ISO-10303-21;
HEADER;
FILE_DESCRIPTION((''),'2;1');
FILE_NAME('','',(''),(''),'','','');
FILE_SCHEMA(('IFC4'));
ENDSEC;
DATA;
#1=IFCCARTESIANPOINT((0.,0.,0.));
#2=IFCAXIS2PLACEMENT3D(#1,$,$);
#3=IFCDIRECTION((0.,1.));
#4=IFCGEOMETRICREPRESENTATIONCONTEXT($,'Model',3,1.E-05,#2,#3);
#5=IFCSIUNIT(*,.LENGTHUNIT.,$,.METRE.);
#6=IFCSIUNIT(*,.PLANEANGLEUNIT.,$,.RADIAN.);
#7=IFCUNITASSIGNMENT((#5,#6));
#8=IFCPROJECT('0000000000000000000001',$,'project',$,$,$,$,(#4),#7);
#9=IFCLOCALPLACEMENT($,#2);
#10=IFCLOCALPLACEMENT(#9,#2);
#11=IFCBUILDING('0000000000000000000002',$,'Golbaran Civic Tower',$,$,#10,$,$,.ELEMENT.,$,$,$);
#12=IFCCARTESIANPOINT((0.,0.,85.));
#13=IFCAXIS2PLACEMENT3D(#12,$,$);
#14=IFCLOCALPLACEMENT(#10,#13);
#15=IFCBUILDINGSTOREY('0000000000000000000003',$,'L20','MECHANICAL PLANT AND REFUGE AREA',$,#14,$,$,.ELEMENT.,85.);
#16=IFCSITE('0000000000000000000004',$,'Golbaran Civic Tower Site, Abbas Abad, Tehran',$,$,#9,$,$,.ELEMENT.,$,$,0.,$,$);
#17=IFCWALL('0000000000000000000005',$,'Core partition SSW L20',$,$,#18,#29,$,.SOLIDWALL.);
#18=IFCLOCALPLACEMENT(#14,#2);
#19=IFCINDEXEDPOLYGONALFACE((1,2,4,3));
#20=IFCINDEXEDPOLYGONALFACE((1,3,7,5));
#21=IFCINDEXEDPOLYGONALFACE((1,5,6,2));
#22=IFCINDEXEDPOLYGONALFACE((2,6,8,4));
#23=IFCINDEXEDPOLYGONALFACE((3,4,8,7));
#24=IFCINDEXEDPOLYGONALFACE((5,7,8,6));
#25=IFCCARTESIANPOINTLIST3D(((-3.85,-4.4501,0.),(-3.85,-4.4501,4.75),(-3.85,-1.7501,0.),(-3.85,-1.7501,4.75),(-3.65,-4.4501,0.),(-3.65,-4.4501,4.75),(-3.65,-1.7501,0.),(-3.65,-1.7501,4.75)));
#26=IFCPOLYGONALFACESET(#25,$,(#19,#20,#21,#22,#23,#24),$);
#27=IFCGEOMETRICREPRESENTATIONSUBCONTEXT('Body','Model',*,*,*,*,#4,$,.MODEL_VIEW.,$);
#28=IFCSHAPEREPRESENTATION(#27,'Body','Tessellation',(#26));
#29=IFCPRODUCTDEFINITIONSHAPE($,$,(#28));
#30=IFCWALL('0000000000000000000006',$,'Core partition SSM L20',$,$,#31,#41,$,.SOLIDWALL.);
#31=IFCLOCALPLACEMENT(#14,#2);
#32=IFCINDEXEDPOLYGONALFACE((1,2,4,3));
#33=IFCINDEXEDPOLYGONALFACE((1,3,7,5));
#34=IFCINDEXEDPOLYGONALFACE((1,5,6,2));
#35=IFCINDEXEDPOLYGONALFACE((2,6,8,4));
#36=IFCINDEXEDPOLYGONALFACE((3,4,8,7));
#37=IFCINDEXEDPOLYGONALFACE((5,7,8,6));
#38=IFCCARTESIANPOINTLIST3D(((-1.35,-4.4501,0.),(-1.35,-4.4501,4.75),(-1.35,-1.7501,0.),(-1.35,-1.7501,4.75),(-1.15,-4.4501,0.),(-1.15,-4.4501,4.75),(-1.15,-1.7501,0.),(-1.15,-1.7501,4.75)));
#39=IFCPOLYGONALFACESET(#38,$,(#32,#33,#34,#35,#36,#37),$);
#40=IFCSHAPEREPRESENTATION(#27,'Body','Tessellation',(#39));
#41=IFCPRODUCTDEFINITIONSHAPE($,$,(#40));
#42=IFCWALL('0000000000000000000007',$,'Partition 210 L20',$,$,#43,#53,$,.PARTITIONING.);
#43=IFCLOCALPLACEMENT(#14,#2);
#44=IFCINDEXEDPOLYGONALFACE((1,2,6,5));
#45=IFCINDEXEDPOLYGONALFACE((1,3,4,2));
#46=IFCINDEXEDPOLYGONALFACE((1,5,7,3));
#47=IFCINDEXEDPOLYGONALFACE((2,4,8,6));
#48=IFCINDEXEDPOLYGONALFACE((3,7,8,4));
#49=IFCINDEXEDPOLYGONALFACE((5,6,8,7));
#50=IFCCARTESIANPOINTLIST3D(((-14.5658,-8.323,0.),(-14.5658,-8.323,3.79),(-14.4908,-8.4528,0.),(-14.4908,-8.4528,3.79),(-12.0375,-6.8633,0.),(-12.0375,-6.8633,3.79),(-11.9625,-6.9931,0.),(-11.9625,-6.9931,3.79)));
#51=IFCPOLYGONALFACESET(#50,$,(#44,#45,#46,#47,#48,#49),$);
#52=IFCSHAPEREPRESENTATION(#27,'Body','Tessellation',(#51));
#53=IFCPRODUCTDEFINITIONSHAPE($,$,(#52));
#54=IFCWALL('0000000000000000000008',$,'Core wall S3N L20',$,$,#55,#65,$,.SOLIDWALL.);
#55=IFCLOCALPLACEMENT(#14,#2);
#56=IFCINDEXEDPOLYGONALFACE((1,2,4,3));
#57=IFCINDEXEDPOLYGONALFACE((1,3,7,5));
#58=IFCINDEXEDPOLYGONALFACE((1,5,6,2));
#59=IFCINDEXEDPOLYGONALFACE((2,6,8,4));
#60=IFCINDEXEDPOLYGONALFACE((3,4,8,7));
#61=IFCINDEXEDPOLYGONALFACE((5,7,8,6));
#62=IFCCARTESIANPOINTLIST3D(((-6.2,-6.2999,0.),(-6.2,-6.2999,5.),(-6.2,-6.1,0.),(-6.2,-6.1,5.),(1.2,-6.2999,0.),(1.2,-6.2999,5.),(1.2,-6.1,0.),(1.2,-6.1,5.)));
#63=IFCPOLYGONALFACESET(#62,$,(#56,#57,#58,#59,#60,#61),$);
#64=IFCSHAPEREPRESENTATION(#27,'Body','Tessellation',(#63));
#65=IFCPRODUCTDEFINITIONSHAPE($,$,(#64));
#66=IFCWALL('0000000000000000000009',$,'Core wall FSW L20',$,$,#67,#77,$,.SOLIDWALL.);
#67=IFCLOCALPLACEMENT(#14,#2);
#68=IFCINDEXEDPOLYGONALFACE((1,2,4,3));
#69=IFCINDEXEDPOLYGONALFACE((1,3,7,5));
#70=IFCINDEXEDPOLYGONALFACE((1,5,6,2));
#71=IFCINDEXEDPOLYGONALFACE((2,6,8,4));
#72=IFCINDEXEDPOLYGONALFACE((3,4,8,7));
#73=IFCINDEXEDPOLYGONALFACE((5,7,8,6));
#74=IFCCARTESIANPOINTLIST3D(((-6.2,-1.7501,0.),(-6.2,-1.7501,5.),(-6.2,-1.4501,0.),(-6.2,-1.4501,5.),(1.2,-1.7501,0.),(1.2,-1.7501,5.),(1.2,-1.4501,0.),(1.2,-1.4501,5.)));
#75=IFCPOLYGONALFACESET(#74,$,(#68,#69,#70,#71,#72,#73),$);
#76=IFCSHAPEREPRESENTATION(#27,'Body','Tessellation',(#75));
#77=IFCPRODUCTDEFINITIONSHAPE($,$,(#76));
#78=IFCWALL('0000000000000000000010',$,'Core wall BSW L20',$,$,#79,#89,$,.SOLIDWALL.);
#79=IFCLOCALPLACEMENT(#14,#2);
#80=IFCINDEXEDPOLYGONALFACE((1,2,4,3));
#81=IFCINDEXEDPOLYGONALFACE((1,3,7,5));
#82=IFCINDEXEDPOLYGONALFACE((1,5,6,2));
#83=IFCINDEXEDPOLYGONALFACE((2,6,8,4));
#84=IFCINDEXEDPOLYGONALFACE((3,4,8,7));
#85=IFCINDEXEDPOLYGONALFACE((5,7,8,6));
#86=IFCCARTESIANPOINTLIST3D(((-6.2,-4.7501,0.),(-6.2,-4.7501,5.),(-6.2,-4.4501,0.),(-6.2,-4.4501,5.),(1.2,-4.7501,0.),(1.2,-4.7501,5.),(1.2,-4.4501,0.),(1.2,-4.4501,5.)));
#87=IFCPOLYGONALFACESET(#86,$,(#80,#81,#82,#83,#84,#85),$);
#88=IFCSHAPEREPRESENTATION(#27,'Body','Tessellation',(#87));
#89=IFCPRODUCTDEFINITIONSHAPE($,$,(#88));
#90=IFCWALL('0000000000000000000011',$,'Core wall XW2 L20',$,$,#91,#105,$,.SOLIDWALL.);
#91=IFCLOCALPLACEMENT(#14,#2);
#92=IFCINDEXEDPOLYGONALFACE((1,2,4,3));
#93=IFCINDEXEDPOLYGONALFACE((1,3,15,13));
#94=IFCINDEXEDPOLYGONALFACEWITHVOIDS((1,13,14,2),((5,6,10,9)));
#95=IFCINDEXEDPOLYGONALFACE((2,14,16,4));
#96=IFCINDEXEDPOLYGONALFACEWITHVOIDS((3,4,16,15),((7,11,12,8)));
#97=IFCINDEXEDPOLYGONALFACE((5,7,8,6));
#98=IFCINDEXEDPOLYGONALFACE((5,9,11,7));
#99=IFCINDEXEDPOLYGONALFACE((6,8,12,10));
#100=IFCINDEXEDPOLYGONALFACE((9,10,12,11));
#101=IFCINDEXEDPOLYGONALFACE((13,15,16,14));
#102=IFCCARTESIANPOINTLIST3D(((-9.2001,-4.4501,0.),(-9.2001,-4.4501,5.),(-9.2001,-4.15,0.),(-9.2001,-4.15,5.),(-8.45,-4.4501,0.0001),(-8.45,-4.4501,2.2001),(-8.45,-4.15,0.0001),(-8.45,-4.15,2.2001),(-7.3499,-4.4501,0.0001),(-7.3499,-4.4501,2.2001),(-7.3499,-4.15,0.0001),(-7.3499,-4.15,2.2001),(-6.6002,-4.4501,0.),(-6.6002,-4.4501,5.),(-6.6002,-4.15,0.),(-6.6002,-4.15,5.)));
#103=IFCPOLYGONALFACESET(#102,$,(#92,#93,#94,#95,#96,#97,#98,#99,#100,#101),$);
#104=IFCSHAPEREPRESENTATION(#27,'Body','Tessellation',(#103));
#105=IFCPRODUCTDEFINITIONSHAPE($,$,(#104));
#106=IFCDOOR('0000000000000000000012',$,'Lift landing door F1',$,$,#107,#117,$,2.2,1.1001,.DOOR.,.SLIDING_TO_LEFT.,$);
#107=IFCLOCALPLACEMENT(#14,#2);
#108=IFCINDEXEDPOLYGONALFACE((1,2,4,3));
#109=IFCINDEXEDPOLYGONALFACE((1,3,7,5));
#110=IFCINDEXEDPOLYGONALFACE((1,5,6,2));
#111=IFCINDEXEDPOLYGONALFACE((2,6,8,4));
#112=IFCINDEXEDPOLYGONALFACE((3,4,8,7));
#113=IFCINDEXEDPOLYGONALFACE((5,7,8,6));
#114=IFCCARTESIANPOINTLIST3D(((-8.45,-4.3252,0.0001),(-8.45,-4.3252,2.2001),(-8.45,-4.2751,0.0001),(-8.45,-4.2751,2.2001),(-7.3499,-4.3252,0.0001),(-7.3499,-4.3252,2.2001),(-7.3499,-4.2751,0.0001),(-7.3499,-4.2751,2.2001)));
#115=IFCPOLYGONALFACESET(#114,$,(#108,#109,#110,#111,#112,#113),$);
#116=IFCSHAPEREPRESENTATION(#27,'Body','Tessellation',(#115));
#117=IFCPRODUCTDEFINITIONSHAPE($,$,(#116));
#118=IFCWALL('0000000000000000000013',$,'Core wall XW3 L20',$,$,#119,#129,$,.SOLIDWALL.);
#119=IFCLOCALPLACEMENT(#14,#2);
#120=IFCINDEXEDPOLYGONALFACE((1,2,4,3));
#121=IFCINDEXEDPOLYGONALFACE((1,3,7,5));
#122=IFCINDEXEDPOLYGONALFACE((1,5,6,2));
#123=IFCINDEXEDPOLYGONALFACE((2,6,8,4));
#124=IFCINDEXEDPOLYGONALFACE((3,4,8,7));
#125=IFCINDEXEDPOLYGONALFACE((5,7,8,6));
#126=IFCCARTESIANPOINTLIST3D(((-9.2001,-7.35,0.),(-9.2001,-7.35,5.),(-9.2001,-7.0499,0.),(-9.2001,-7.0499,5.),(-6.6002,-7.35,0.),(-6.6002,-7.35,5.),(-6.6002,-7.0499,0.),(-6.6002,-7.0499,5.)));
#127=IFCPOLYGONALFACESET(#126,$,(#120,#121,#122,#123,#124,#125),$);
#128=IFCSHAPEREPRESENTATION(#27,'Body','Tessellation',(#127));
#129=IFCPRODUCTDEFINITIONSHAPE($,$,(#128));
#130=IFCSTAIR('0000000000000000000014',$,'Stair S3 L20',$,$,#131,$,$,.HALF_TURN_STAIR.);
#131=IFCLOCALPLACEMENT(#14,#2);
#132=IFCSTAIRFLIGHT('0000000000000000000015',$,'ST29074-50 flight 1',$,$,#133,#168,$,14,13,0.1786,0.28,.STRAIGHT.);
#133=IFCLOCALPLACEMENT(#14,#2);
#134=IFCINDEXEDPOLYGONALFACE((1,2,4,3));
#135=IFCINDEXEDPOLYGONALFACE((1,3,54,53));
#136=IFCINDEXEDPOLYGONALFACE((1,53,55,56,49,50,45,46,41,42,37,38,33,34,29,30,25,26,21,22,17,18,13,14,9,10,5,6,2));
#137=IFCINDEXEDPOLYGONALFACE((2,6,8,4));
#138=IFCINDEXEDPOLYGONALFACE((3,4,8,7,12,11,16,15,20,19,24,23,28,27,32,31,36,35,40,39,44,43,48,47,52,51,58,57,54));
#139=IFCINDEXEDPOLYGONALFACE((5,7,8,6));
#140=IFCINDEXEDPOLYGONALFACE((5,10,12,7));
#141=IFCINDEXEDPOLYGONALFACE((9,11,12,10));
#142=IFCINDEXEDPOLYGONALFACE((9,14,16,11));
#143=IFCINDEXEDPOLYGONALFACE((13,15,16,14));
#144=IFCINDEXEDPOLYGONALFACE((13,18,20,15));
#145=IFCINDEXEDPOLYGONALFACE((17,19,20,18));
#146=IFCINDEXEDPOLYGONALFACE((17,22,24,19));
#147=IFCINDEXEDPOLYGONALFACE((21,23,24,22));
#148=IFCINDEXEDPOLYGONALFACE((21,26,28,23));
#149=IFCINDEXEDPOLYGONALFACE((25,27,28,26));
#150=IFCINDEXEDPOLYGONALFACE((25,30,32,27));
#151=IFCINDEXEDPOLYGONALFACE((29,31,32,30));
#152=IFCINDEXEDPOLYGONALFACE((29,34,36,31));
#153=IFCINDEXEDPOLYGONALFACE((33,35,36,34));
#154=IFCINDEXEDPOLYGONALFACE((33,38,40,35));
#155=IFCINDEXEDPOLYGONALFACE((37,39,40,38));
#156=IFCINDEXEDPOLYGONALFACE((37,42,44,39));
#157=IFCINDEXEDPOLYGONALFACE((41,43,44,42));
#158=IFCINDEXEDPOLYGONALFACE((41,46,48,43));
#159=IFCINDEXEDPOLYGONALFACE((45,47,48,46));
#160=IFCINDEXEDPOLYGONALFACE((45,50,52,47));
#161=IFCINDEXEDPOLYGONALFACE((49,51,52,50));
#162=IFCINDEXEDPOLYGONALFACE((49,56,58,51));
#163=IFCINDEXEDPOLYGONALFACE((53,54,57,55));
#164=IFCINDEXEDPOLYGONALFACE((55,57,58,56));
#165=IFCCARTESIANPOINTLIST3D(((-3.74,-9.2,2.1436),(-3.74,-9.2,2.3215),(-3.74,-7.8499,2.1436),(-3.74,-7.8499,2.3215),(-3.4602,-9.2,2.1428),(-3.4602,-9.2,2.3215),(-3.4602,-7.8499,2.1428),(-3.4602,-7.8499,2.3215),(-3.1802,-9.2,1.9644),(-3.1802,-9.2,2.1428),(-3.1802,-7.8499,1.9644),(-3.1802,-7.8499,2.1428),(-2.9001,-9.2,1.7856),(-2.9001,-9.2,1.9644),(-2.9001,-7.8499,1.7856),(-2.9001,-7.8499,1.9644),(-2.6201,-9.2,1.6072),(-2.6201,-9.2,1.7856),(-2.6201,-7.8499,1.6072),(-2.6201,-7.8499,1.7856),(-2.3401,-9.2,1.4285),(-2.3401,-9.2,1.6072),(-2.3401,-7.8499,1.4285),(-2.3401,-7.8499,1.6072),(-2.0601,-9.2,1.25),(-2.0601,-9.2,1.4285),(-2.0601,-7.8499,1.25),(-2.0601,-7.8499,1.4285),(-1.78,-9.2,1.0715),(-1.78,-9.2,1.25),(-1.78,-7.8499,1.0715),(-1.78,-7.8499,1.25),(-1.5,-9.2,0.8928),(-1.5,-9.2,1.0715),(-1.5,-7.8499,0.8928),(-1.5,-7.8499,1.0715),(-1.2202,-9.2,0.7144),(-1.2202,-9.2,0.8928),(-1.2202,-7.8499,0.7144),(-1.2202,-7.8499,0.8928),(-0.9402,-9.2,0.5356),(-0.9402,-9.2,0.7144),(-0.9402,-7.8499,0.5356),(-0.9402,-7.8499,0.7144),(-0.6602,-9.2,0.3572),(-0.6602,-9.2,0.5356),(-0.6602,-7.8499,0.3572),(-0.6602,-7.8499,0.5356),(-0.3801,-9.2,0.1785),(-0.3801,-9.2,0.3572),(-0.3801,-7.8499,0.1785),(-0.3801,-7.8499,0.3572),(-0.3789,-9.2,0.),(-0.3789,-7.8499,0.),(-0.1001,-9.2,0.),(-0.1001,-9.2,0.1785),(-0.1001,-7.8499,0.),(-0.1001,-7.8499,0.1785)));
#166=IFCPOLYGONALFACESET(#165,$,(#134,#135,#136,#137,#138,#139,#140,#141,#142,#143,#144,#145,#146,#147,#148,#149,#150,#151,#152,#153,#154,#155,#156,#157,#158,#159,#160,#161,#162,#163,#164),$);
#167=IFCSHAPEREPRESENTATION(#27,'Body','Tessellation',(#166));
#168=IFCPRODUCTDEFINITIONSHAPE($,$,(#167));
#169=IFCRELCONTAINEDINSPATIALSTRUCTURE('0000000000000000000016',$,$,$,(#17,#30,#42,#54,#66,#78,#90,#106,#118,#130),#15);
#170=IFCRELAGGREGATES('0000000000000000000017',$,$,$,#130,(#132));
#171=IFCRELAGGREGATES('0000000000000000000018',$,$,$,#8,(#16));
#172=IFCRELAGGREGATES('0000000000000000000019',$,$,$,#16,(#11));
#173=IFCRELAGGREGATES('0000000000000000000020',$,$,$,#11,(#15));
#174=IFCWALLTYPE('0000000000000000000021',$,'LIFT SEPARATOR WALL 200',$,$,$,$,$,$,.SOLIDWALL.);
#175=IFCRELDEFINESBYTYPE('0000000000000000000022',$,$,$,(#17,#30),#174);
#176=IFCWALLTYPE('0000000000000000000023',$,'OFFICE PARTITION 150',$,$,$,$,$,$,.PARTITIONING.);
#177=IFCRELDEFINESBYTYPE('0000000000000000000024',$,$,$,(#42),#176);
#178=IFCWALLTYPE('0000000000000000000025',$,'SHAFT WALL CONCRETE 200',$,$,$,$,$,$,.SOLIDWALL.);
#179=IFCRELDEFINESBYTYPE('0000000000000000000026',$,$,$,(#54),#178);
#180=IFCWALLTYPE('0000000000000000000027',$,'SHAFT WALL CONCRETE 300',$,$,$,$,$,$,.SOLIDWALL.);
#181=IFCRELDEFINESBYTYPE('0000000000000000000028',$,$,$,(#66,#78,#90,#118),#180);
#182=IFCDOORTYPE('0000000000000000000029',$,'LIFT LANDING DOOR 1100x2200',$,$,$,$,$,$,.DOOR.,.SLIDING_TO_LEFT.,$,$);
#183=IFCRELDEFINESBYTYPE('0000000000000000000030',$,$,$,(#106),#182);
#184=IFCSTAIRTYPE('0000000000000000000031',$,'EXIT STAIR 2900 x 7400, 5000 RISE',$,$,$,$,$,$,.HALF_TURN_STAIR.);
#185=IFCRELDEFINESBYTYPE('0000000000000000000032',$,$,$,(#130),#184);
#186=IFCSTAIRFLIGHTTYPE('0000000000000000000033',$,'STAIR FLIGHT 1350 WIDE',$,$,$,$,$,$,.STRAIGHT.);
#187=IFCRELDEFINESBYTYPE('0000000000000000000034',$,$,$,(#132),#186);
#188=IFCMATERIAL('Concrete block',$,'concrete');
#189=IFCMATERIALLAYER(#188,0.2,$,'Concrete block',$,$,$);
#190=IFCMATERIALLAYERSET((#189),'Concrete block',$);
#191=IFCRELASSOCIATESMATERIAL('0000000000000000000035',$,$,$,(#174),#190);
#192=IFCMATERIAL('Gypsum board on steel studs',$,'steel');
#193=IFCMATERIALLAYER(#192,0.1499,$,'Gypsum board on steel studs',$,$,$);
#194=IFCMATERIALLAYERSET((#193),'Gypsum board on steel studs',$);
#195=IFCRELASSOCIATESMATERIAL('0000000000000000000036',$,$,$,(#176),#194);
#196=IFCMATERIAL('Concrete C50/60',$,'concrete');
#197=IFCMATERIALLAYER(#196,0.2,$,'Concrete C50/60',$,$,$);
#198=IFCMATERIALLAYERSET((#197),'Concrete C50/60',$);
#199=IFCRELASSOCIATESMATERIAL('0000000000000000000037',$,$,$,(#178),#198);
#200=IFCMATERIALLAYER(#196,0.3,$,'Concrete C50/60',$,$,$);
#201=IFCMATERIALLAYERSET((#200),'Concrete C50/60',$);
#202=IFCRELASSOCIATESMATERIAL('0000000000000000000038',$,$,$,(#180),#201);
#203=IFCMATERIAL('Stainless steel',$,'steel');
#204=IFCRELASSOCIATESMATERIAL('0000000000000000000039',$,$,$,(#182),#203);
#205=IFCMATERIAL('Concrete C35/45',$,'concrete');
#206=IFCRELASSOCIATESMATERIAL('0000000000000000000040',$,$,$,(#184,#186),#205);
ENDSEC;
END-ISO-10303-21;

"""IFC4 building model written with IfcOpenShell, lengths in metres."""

from ifc_helpers import new_model, si_unit, direction, frame, frame_2d, origin, place, context, subcontext, project, spatial, polyline, rectangle, outline, extrude, material, layer, layer_set, type_object, element, fill, aggregate, save


model = new_model("IFC4")

# Units and contexts
model_context = context("Model", 3, precision=1e-05, world=origin(), true_north=direction((0.0, 1.0)))
body_context = subcontext(model_context, "Body", "Model", "MODEL_VIEW")
ifc_project = project(units=[si_unit("LENGTHUNIT", "METRE"), si_unit("PLANEANGLEUNIT", "RADIAN")], contexts=[model_context])

# Site, building, storey
site_placement = place(None, origin())
site = spatial("IfcSite", under=ifc_project, at=site_placement, Name="Golbaran Civic Tower Site, Abbas Abad, Tehran", CompositionType="ELEMENT", RefElevation=0.0)
building_placement = place(site_placement, origin())
building = spatial("IfcBuilding", under=site, at=building_placement, Name="Golbaran Civic Tower", CompositionType="ELEMENT")
storey_placement = place(building_placement, frame((0.0, 0.0, 85.0)))
storey = spatial("IfcBuildingStorey", under=building, at=storey_placement, Name="L20", Description="MECHANICAL PLANT AND REFUGE AREA", CompositionType="ELEMENT", Elevation=85.0)

# Shared definitions
ifc_material_1 = material(Name="Concrete C50/60", Category="concrete")

# Walls
ifc_material_2 = material(Name="Concrete block", Category="concrete")
ifc_layer_1 = layer(ifc_material_2, 0.2, Name="Concrete block")
ifc_layer_set_1 = layer_set([ifc_layer_1], Name="Concrete block")
wall_type_1 = type_object("IfcWallType", Name="LIFT SEPARATOR WALL 200", PredefinedType="SOLIDWALL", material=ifc_layer_set_1)
for number, where, z_axis, x_axis, name in (
    (1, (-3.75, -1.75, 0.0), (0.0, 0.0, 1.0), (0.0, -1.0, 0.0), "Core partition SSW L20"),
    (2, (-1.25, -1.75, 0.0), (0.0, 0.0, 1.0), (0.0, -1.0, 0.0), "Core partition SSM L20"),
):
    element("IfcWall", number, at=place(storey_placement, frame(where, z_axis=z_axis, x_axis=x_axis)), inside=storey, type_object=wall_type_1, Name=name, PredefinedType="SOLIDWALL", context=body_context, shape_type="SweptSolid", body=[
        extrude(rectangle(XDim=2.7, YDim=0.2, at=frame_2d((1.3501, 0.0))), origin(), (0.0, 0.0, 1.0), 4.75),
    ])
ifc_material_3 = material(Name="Gypsum board on steel studs", Category="steel")
ifc_layer_2 = layer(ifc_material_3, 0.1499, Name="Gypsum board on steel studs")
ifc_layer_set_2 = layer_set([ifc_layer_2], Name="Gypsum board on steel studs")
wall_type_2 = type_object("IfcWallType", Name="OFFICE PARTITION 150", PredefinedType="PARTITIONING", material=ifc_layer_set_2)
wall_1_placement = place(storey_placement, frame((-12.0, -6.9282, 0.0), z_axis=(0.0, 0.0, 1.0), x_axis=(-0.866027, -0.499998, 0.0)))
element("IfcWall", 3, at=wall_1_placement, inside=storey, type_object=wall_type_2, Name="Partition 210 L20", PredefinedType="PARTITIONING", context=body_context, shape_type="SweptSolid", body=[
    extrude(rectangle(XDim=2.9194, YDim=0.1499, at=frame_2d((1.4597, 0.0))), origin(), (0.0, 0.0, 1.0), 3.79),
])
ifc_layer_3 = layer(ifc_material_1, 0.2, Name="Concrete C50/60")
ifc_layer_set_3 = layer_set([ifc_layer_3], Name="Concrete C50/60")
wall_type_3 = type_object("IfcWallType", Name="SHAFT WALL CONCRETE 200", PredefinedType="SOLIDWALL", material=ifc_layer_set_3)
wall_2_placement = place(storey_placement, frame((-6.2, -6.2, 0.0), z_axis=(0.0, 0.0, 1.0), x_axis=(1.0, 0.0, 0.0)))
element("IfcWall", 4, at=wall_2_placement, inside=storey, type_object=wall_type_3, Name="Core wall S3N L20", PredefinedType="SOLIDWALL", context=body_context, shape_type="SweptSolid", body=[
    extrude(rectangle(XDim=7.3999, YDim=0.2, at=frame_2d((3.7, 0.0))), origin(), (0.0, 0.0, 1.0), 5.0),
])
ifc_layer_4 = layer(ifc_material_1, 0.3, Name="Concrete C50/60")
ifc_layer_set_4 = layer_set([ifc_layer_4], Name="Concrete C50/60")
wall_type_4 = type_object("IfcWallType", Name="SHAFT WALL CONCRETE 300", PredefinedType="SOLIDWALL", material=ifc_layer_set_4)
for number, where, z_axis, x_axis, name in (
    (5, (-6.2, -1.6001, 0.0), (0.0, 0.0, 1.0), (1.0, 0.0, 0.0), "Core wall FSW L20"),
    (6, (-6.2, -4.6001, 0.0), (0.0, 0.0, 1.0), (1.0, 0.0, 0.0), "Core wall BSW L20"),
):
    element("IfcWall", number, at=place(storey_placement, frame(where, z_axis=z_axis, x_axis=x_axis)), inside=storey, type_object=wall_type_4, Name=name, PredefinedType="SOLIDWALL", context=body_context, shape_type="SweptSolid", body=[
        extrude(rectangle(XDim=7.3999, YDim=0.3, at=frame_2d((3.7, 0.0))), origin(), (0.0, 0.0, 1.0), 5.0),
    ])

# Wall, opening, door
wall_3_placement = place(storey_placement, frame((-9.2, -4.3, 0.0), z_axis=(0.0, 0.0, 1.0), x_axis=(1.0, 0.0, 0.0)))
wall_3 = element("IfcWall", 7, at=wall_3_placement, inside=storey, type_object=wall_type_4, Name="Core wall XW2 L20", PredefinedType="SOLIDWALL", context=body_context, shape_type="SweptSolid", body=[
    extrude(rectangle(XDim=2.5999, YDim=0.3, at=frame_2d((1.2998, 0.0))), origin(), (0.0, 0.0, 1.0), 5.0),
])
opening_1_placement = place(wall_3_placement, frame((0.75, 0.0, 0.0)))
opening_1 = element("IfcOpeningElement", 8, at=opening_1_placement, cuts=wall_3, PredefinedType="OPENING", context=body_context, shape_type="SweptSolid", body=[
    extrude(rectangle(XDim=1.1001, YDim=2.2, at=frame_2d((0.55, 1.1001))), frame((0.0, 0.1599, 0.0), z_axis=(0.0, -1.0, 0.0), x_axis=(1.0, 0.0, 0.0)), (0.0, 0.0, 1.0), 0.3201),
])
ifc_material_4 = material(Name="Stainless steel", Category="steel")
door_type_1 = type_object("IfcDoorType", Name="LIFT LANDING DOOR 1100x2200", OperationType="SLIDING_TO_LEFT", PredefinedType="DOOR", material=ifc_material_4)
door_1_placement = place(opening_1_placement, origin())
door_1 = element("IfcDoor", 9, at=door_1_placement, inside=storey, type_object=door_type_1, Name="Lift landing door F1", OperationType="SLIDING_TO_LEFT", OverallHeight=2.2, OverallWidth=1.1001, PredefinedType="DOOR", context=body_context, shape_type="SweptSolid", body=[
    extrude(rectangle(XDim=1.1001, YDim=2.2, at=frame_2d((0.55, 1.1001))), frame((0.0, 0.0249, 0.0), z_axis=(0.0, -1.0, 0.0), x_axis=(1.0, 0.0, 0.0)), (0.0, 0.0, 1.0), 0.05),
])
fill(opening_1, door_1)

# Wall
wall_4_placement = place(storey_placement, frame((-9.2, -7.2, 0.0), z_axis=(0.0, 0.0, 1.0), x_axis=(1.0, 0.0, 0.0)))
element("IfcWall", 10, at=wall_4_placement, inside=storey, type_object=wall_type_4, Name="Core wall XW3 L20", PredefinedType="SOLIDWALL", context=body_context, shape_type="SweptSolid", body=[
    extrude(rectangle(XDim=2.5999, YDim=0.3, at=frame_2d((1.2998, 0.0))), origin(), (0.0, 0.0, 1.0), 5.0),
])

# Stair, stair flight
ifc_material_5 = material(Name="Concrete C35/45", Category="concrete")
stair_type = type_object("IfcStairType", Name="EXIT STAIR 2900 x 7400, 5000 RISE", PredefinedType="HALF_TURN_STAIR", material=ifc_material_5)
stair_placement = place(storey_placement, origin())
stair = element("IfcStair", 11, at=stair_placement, inside=storey, type_object=stair_type, Name="Stair S3 L20", PredefinedType="HALF_TURN_STAIR")
stair_flight_type = type_object("IfcStairFlightType", Name="STAIR FLIGHT 1350 WIDE", PredefinedType="STRAIGHT", material=ifc_material_5)
stair_flight_1_placement = place(storey_placement, frame((-0.1001, -8.5249, 0.0), z_axis=(0.0, 0.0, 1.0), x_axis=(-1.0, 0.0, 0.0)))
stair_flight_1 = element("IfcStairFlight", 12, at=stair_flight_1_placement, type_object=stair_flight_type, Name="ST29074-50 flight 1", NumberOfRisers=14, NumberOfTreads=13, PredefinedType="STRAIGHT", RiserHeight=0.1786, TreadLength=0.28, context=body_context, shape_type="SweptSolid", body=[
    extrude(outline(polyline([(0.0, 0.0), (0.0, 0.1785), (0.28, 0.1785), (0.28, 0.3572), (0.5601, 0.3572), (0.5601, 0.5356), (0.8401, 0.5356), (0.8401, 0.7144), (1.1201, 0.7144), (1.1201, 0.8928), (1.3999, 0.8928), (1.3999, 1.0715), (1.6799, 1.0715), (1.6799, 1.25), (1.96, 1.25), (1.96, 1.4285), (2.24, 1.4285), (2.24, 1.6072), (2.52, 1.6072), (2.52, 1.7856), (2.8, 1.7856), (2.8, 1.9644), (3.0801, 1.9644), (3.0801, 2.1428), (3.3601, 2.1428), (3.3601, 2.3215), (3.6399, 2.3215), (3.6399, 2.5), (3.6399, 2.1436), (0.2788, 0.0), (0.0, 0.0)])), frame((0.0, 0.675, 0.0), z_axis=(0.0, -1.0, 0.0), x_axis=(1.0, 0.0, 0.0)), (0.0, 0.0, 1.0), 1.3501),
])
aggregate(stair, [stair_flight_1])

save(model, "model.ifc")
